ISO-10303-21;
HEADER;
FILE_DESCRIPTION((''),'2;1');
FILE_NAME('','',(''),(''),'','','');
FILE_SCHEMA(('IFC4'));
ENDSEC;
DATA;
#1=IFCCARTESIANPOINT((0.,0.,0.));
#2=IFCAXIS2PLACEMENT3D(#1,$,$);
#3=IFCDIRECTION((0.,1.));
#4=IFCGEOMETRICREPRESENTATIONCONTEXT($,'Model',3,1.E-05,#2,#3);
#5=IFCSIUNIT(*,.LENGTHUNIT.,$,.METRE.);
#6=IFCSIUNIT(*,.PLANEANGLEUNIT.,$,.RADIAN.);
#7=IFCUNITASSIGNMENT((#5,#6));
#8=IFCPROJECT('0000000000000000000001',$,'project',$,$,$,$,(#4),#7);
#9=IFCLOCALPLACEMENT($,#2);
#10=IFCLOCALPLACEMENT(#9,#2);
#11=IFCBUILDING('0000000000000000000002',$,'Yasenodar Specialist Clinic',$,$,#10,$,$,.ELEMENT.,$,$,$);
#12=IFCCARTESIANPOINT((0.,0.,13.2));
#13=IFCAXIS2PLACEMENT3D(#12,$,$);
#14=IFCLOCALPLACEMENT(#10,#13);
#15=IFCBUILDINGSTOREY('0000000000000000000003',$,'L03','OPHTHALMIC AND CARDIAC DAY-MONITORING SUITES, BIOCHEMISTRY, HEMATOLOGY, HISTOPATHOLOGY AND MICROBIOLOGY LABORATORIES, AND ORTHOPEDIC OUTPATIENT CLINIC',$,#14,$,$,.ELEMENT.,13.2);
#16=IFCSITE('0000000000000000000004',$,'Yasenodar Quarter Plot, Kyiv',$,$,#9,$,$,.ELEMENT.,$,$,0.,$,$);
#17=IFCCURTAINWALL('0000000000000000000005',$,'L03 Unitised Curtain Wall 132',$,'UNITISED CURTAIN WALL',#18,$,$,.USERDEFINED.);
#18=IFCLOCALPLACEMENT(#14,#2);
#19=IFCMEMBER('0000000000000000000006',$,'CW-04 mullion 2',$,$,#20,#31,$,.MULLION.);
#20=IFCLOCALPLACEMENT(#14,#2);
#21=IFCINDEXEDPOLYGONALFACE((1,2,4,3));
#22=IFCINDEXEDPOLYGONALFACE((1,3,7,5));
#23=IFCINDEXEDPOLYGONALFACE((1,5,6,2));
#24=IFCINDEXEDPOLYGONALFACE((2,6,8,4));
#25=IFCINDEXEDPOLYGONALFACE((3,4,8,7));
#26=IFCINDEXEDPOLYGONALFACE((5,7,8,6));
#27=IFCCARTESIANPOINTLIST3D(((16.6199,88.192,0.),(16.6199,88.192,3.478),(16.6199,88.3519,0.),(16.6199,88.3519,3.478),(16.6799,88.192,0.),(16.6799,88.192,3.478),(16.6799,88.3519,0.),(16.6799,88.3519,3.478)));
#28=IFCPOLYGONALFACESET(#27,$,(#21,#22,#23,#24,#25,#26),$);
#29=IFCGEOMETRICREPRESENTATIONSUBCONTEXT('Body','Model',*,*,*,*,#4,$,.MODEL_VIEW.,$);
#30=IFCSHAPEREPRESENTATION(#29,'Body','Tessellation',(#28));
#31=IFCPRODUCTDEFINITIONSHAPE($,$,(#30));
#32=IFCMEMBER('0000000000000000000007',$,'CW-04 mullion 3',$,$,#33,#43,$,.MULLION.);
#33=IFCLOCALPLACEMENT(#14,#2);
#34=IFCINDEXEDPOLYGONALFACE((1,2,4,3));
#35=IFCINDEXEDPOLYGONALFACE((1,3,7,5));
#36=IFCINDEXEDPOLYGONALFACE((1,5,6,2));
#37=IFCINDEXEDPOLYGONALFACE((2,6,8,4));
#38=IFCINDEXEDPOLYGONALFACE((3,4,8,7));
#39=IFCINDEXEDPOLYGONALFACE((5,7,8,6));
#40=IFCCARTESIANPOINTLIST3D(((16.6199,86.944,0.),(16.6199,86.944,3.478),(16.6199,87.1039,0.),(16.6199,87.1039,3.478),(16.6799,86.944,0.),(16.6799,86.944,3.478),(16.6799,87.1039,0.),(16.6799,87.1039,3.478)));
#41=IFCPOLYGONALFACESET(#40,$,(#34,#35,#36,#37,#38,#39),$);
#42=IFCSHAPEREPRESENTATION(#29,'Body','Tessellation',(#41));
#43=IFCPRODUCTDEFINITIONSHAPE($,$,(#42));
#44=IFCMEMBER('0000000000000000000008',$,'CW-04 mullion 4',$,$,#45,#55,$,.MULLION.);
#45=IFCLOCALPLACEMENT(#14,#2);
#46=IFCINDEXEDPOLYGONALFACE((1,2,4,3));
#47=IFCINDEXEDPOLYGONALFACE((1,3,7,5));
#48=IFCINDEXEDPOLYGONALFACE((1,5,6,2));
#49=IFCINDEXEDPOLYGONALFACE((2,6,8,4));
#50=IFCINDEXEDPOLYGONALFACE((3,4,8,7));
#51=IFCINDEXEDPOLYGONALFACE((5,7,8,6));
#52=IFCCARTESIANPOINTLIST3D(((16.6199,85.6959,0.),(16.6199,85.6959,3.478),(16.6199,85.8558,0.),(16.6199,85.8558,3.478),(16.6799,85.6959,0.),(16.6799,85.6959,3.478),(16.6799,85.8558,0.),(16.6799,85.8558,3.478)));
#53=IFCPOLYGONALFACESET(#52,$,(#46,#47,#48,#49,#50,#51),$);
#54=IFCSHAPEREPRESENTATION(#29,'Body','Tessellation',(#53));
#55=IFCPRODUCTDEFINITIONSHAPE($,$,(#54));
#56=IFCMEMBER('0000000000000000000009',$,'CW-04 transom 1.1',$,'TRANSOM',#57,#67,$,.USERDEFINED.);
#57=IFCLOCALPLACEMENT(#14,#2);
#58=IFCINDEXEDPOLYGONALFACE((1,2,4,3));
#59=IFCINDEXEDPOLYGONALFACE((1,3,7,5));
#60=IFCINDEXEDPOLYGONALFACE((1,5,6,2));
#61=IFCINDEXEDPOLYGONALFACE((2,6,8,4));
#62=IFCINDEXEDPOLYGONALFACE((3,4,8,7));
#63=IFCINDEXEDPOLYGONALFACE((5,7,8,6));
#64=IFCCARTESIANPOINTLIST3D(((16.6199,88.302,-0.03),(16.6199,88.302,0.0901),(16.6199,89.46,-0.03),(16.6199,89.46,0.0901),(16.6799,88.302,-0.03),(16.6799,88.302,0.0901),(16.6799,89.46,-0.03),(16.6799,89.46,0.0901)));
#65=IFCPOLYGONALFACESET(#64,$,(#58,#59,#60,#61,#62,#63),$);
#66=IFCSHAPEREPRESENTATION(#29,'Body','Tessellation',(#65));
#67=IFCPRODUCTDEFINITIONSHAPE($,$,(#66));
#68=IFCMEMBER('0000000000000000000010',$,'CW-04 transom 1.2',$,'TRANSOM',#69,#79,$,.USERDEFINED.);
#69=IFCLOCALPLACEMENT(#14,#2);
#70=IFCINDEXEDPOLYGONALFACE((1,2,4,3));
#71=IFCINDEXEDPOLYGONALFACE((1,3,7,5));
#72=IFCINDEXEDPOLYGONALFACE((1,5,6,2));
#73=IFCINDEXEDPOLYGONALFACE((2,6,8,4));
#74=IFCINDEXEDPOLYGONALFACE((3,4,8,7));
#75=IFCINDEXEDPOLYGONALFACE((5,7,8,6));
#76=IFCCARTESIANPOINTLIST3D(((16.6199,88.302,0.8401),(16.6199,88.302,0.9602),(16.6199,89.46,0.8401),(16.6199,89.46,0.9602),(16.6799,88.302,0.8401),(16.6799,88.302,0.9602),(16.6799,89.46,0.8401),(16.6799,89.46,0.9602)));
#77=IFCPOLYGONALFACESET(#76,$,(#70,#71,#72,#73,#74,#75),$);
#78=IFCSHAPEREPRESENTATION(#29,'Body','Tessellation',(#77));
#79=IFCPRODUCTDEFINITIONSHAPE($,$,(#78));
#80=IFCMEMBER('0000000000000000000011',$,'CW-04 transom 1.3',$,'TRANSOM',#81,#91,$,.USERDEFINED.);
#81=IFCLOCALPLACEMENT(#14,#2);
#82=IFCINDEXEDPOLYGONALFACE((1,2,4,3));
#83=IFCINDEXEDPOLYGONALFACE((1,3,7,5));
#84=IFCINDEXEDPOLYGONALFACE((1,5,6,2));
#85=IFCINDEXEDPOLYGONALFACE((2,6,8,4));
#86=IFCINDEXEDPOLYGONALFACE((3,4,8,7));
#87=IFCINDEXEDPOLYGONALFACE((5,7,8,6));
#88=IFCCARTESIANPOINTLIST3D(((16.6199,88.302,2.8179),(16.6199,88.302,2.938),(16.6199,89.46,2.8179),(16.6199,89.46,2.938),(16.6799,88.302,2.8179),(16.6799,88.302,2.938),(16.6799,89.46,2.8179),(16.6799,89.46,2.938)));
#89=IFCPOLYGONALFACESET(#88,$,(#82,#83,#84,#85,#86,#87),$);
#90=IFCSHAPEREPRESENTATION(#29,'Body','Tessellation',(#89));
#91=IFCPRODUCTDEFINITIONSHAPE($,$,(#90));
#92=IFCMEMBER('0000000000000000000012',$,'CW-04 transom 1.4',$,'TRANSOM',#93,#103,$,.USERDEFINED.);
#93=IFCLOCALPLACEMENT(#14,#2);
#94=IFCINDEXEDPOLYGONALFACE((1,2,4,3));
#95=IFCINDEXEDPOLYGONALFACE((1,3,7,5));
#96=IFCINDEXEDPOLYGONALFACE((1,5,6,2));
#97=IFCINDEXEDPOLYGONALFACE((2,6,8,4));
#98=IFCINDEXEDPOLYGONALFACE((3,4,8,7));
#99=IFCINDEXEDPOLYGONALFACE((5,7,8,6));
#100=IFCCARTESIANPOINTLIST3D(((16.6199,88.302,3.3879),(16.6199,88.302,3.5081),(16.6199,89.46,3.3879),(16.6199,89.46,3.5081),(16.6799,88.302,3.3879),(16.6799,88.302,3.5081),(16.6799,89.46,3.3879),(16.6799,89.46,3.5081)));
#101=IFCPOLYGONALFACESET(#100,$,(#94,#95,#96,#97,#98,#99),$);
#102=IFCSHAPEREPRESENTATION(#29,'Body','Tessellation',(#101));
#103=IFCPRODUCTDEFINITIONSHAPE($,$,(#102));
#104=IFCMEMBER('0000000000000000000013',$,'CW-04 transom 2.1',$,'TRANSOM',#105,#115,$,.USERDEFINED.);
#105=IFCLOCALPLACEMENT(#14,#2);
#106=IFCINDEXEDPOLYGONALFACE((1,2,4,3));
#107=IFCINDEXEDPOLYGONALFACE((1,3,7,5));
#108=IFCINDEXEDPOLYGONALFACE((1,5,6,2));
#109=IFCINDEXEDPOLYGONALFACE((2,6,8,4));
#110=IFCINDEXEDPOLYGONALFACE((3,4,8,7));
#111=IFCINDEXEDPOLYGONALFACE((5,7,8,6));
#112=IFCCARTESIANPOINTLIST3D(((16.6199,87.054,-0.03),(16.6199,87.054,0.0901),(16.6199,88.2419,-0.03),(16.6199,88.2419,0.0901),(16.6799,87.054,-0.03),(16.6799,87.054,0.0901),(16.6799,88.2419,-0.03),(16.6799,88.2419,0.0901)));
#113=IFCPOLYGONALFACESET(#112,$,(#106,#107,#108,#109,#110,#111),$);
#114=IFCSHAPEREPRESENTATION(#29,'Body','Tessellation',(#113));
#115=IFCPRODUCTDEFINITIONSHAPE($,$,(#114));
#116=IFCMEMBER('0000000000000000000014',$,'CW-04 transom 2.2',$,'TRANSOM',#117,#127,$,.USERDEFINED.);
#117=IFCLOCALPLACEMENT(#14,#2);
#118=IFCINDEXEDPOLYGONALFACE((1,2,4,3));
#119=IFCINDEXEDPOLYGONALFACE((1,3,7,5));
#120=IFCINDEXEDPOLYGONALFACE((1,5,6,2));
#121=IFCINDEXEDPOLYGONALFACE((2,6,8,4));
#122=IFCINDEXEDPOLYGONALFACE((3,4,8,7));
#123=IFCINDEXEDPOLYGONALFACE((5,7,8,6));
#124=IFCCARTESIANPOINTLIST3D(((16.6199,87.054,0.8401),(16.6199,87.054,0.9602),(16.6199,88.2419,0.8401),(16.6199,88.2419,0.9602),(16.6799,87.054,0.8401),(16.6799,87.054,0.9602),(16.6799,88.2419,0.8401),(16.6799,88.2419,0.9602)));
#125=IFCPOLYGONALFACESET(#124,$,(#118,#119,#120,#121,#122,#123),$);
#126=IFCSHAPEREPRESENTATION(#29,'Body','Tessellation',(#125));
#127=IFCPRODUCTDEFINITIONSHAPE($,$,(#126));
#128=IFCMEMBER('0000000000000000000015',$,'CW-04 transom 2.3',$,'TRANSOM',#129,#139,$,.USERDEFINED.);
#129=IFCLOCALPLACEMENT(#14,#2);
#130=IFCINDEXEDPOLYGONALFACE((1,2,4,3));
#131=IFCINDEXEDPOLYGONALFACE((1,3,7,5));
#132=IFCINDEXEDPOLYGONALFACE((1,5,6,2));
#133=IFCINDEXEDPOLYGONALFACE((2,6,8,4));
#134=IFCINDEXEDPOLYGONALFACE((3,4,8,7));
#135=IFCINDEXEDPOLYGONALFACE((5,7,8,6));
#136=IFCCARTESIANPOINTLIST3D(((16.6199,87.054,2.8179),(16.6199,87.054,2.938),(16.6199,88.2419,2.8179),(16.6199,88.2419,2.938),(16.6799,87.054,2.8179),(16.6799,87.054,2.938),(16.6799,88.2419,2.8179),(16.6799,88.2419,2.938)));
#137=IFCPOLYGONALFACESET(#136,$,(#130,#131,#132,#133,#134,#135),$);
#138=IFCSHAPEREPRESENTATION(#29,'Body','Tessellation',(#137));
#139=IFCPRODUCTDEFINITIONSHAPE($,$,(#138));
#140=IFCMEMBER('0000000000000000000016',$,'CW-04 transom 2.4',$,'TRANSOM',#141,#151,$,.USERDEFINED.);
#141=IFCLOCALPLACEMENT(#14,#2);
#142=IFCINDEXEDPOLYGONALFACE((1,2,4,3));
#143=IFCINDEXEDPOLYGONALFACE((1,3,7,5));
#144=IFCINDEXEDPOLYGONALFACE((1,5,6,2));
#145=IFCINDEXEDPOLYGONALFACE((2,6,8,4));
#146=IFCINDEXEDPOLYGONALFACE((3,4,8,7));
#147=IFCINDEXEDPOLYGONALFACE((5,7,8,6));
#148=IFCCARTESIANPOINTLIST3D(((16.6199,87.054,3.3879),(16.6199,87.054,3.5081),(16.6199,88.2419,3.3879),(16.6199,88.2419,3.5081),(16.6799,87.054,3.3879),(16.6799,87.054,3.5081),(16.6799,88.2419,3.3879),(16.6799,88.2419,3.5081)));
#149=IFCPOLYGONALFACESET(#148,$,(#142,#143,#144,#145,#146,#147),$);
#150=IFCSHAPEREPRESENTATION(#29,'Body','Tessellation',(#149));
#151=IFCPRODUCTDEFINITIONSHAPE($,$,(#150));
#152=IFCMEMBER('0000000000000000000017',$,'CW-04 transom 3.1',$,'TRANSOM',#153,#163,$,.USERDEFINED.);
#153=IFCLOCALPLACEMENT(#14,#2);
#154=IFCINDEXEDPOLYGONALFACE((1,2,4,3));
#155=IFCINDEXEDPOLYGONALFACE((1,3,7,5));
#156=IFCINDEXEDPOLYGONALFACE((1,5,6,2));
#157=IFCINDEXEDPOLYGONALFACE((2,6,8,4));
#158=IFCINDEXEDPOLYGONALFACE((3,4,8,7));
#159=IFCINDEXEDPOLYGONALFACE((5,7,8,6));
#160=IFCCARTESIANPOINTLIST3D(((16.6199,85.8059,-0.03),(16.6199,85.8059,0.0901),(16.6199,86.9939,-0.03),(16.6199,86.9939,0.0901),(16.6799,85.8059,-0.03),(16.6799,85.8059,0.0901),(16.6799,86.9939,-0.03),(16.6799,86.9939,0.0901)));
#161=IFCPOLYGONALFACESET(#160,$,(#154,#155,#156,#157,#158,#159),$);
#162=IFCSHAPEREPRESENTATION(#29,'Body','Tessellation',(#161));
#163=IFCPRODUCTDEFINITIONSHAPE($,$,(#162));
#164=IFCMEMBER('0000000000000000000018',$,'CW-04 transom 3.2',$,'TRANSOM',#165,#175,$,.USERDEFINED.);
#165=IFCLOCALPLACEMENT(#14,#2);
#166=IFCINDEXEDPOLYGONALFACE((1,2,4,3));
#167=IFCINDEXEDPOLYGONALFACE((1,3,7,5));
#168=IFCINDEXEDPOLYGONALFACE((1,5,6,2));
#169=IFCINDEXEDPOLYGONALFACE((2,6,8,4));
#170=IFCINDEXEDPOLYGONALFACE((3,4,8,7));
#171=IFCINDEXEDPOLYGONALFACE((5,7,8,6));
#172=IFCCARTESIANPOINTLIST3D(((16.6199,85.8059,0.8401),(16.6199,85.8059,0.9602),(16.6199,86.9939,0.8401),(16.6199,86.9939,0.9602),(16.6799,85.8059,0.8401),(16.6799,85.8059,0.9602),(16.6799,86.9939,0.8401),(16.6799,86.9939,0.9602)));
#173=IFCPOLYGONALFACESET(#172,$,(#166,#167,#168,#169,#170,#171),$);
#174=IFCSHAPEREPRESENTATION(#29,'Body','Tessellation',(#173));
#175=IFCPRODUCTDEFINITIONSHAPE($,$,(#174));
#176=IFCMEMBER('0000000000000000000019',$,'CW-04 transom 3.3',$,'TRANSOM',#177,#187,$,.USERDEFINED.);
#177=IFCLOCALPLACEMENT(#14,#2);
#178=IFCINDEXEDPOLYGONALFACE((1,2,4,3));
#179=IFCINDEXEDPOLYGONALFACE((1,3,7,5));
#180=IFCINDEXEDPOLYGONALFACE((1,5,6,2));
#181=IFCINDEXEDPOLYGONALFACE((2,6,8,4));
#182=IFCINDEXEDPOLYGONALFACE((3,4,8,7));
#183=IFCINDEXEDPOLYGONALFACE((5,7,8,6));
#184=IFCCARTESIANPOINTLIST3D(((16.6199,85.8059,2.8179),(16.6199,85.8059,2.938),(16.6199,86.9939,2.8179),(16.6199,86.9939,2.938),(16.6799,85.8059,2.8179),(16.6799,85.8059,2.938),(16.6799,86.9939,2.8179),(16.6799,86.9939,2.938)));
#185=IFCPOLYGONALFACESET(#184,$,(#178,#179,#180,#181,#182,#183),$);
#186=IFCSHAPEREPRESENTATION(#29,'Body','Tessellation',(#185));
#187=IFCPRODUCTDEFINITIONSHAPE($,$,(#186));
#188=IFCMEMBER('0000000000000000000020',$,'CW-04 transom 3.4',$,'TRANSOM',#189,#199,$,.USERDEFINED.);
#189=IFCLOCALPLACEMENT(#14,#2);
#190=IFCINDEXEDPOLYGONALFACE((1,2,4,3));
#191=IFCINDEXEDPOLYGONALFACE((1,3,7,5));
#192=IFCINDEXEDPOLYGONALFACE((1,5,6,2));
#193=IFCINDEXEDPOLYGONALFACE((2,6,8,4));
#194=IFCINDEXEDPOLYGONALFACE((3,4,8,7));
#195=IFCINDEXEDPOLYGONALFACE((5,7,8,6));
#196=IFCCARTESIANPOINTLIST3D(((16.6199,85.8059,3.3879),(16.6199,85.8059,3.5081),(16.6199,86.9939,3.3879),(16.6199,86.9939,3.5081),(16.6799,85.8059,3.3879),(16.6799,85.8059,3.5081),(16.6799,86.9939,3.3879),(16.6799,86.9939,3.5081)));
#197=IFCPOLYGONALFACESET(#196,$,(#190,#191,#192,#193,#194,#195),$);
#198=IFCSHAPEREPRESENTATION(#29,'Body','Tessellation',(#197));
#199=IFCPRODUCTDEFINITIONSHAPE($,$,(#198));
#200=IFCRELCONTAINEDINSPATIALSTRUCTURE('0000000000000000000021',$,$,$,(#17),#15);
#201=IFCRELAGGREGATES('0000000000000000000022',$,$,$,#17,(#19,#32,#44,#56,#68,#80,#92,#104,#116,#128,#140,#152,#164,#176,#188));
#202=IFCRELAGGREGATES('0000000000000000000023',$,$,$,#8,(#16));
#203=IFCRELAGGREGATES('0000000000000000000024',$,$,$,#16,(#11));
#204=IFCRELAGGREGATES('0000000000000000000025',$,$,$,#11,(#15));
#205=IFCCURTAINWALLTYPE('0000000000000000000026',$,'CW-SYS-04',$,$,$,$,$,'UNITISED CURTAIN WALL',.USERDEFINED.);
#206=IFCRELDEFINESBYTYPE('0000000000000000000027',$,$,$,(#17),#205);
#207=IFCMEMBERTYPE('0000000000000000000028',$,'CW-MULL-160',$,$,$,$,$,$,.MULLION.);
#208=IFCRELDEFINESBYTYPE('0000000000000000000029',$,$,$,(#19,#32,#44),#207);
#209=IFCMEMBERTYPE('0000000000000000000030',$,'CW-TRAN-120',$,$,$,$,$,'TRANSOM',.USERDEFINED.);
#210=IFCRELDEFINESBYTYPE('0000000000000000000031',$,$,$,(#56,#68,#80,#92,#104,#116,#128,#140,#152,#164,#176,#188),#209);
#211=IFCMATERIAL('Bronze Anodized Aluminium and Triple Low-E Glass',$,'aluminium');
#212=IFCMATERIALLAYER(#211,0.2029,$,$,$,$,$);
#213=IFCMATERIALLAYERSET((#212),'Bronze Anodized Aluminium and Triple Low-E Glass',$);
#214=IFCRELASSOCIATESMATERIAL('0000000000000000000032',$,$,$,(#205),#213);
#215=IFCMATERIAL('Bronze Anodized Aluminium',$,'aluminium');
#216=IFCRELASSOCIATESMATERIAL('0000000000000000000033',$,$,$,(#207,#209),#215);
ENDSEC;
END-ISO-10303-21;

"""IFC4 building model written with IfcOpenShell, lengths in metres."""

from ifc_helpers import new_model, si_unit, direction, frame, origin, origin_2d, place, context, subcontext, project, spatial, rectangle, extrude, material, layer, layer_set, material_profile, profile_set, type_object, element, aggregate, save


model = new_model("IFC4")

# Units and contexts
model_context = context("Model", 3, precision=1e-05, world=origin(), true_north=direction((0.0, 1.0)))
body_context = subcontext(model_context, "Body", "Model", "MODEL_VIEW")
ifc_project = project(units=[si_unit("LENGTHUNIT", "METRE"), si_unit("PLANEANGLEUNIT", "RADIAN")], contexts=[model_context])

# Site, building, storey
site_placement = place(None, origin())
site = spatial("IfcSite", under=ifc_project, at=site_placement, Name="Yasenodar Quarter Plot, Kyiv", CompositionType="ELEMENT", RefElevation=0.0)
building_placement = place(site_placement, origin())
building = spatial("IfcBuilding", under=site, at=building_placement, Name="Yasenodar Specialist Clinic", CompositionType="ELEMENT")
storey_placement = place(building_placement, frame((0.0, 0.0, 13.2)))
storey = spatial("IfcBuildingStorey", under=building, at=storey_placement, Name="L03", Description="OPHTHALMIC AND CARDIAC DAY-MONITORING SUITES, BIOCHEMISTRY, HEMATOLOGY, HISTOPATHOLOGY AND MICROBIOLOGY LABORATORIES, AND ORTHOPEDIC OUTPATIENT CLINIC", CompositionType="ELEMENT", Elevation=13.2)

# Curtain wall, members
ifc_material_1 = material(Name="Bronze Anodized Aluminium and Triple Low-E Glass", Category="aluminium")
ifc_layer_1 = layer(ifc_material_1, 0.2029)
ifc_layer_set_1 = layer_set([ifc_layer_1], Name="Bronze Anodized Aluminium and Triple Low-E Glass")
curtain_wall_type = type_object("IfcCurtainWallType", Name="CW-SYS-04", ElementType="UNITISED CURTAIN WALL", PredefinedType="USERDEFINED", material=ifc_layer_set_1)
curtain_wall_placement = place(storey_placement, origin())
curtain_wall = element("IfcCurtainWall", 1, at=curtain_wall_placement, inside=storey, type_object=curtain_wall_type, Name="L03 Unitised Curtain Wall 132", ObjectType="UNITISED CURTAIN WALL", PredefinedType="USERDEFINED")
ifc_material_2 = material(Name="Bronze Anodized Aluminium", Category="aluminium")
ifc_material_profile_1 = material_profile(ifc_material_2, rectangle(XDim=0.0601, YDim=0.1599, at=origin_2d()), Name="CW-MULL 60x160")
ifc_profile_set_1 = profile_set([ifc_material_profile_1], Name="Bronze Anodized Aluminium")
member_type_1 = type_object("IfcMemberType", Name="CW-MULL-160", PredefinedType="MULLION", material=ifc_profile_set_1)
member_1_placement = place(storey_placement, frame((16.6499, 88.272, 0.0), z_axis=(0.0, 0.0, 1.0), x_axis=(1.0, 0.0, 0.0)))
member_1 = element("IfcMember", 2, at=member_1_placement, type_object=member_type_1, Name="CW-04 mullion 2", PredefinedType="MULLION", context=body_context, shape_type="SweptSolid", body=[
    extrude(rectangle(XDim=0.0601, YDim=0.1599, at=origin_2d()), origin(), (0.0, 0.0, 1.0), 3.478),
])
member_2_placement = place(storey_placement, frame((16.6499, 87.0239, 0.0), z_axis=(0.0, 0.0, 1.0), x_axis=(1.0, 0.0, 0.0)))
member_2 = element("IfcMember", 3, at=member_2_placement, type_object=member_type_1, Name="CW-04 mullion 3", PredefinedType="MULLION", context=body_context, shape_type="SweptSolid", body=[
    extrude(rectangle(XDim=0.0601, YDim=0.1599, at=origin_2d()), origin(), (0.0, 0.0, 1.0), 3.478),
])
member_3_placement = place(storey_placement, frame((16.6499, 85.7759, 0.0), z_axis=(0.0, 0.0, 1.0), x_axis=(1.0, 0.0, 0.0)))
member_3 = element("IfcMember", 4, at=member_3_placement, type_object=member_type_1, Name="CW-04 mullion 4", PredefinedType="MULLION", context=body_context, shape_type="SweptSolid", body=[
    extrude(rectangle(XDim=0.0601, YDim=0.1599, at=origin_2d()), origin(), (0.0, 0.0, 1.0), 3.478),
])
ifc_material_profile_2 = material_profile(ifc_material_2, rectangle(XDim=0.0601, YDim=0.1201, at=origin_2d()), Name="CW-TRAN 60x120")
ifc_profile_set_2 = profile_set([ifc_material_profile_2], Name="Bronze Anodized Aluminium")
member_type_2 = type_object("IfcMemberType", Name="CW-TRAN-120", ElementType="TRANSOM", PredefinedType="USERDEFINED", material=ifc_profile_set_2)
member_4_placement = place(storey_placement, frame((16.6499, 89.46, 0.03), z_axis=(0.0, -1.0, 0.0), x_axis=(1.0, 0.0, 0.0)))
member_4 = element("IfcMember", 5, at=member_4_placement, type_object=member_type_2, Name="CW-04 transom 1.1", ObjectType="TRANSOM", PredefinedType="USERDEFINED", context=body_context, shape_type="SweptSolid", body=[
    extrude(rectangle(XDim=0.0601, YDim=0.1201, at=origin_2d()), origin(), (0.0, 0.0, 1.0), 1.158),
])
member_5_placement = place(storey_placement, frame((16.6499, 89.46, 0.9001), z_axis=(0.0, -1.0, 0.0), x_axis=(1.0, 0.0, 0.0)))
member_5 = element("IfcMember", 6, at=member_5_placement, type_object=member_type_2, Name="CW-04 transom 1.2", ObjectType="TRANSOM", PredefinedType="USERDEFINED", context=body_context, shape_type="SweptSolid", body=[
    extrude(rectangle(XDim=0.0601, YDim=0.1201, at=origin_2d()), origin(), (0.0, 0.0, 1.0), 1.158),
])
member_6_placement = place(storey_placement, frame((16.6499, 89.46, 2.8779), z_axis=(0.0, -1.0, 0.0), x_axis=(1.0, 0.0, 0.0)))
member_6 = element("IfcMember", 7, at=member_6_placement, type_object=member_type_2, Name="CW-04 transom 1.3", ObjectType="TRANSOM", PredefinedType="USERDEFINED", context=body_context, shape_type="SweptSolid", body=[
    extrude(rectangle(XDim=0.0601, YDim=0.1201, at=origin_2d()), origin(), (0.0, 0.0, 1.0), 1.158),
])
member_7_placement = place(storey_placement, frame((16.6499, 89.46, 3.448), z_axis=(0.0, -1.0, 0.0), x_axis=(1.0, 0.0, 0.0)))
member_7 = element("IfcMember", 8, at=member_7_placement, type_object=member_type_2, Name="CW-04 transom 1.4", ObjectType="TRANSOM", PredefinedType="USERDEFINED", context=body_context, shape_type="SweptSolid", body=[
    extrude(rectangle(XDim=0.0601, YDim=0.1201, at=origin_2d()), origin(), (0.0, 0.0, 1.0), 1.158),
])
member_8_placement = place(storey_placement, frame((16.6499, 88.2419, 0.03), z_axis=(0.0, -1.0, 0.0), x_axis=(1.0, 0.0, 0.0)))
member_8 = element("IfcMember", 9, at=member_8_placement, type_object=member_type_2, Name="CW-04 transom 2.1", ObjectType="TRANSOM", PredefinedType="USERDEFINED", context=body_context, shape_type="SweptSolid", body=[
    extrude(rectangle(XDim=0.0601, YDim=0.1201, at=origin_2d()), origin(), (0.0, 0.0, 1.0), 1.188),
])
member_9_placement = place(storey_placement, frame((16.6499, 88.2419, 0.9001), z_axis=(0.0, -1.0, 0.0), x_axis=(1.0, 0.0, 0.0)))
member_9 = element("IfcMember", 10, at=member_9_placement, type_object=member_type_2, Name="CW-04 transom 2.2", ObjectType="TRANSOM", PredefinedType="USERDEFINED", context=body_context, shape_type="SweptSolid", body=[
    extrude(rectangle(XDim=0.0601, YDim=0.1201, at=origin_2d()), origin(), (0.0, 0.0, 1.0), 1.188),
])
member_10_placement = place(storey_placement, frame((16.6499, 88.2419, 2.8779), z_axis=(0.0, -1.0, 0.0), x_axis=(1.0, 0.0, 0.0)))
member_10 = element("IfcMember", 11, at=member_10_placement, type_object=member_type_2, Name="CW-04 transom 2.3", ObjectType="TRANSOM", PredefinedType="USERDEFINED", context=body_context, shape_type="SweptSolid", body=[
    extrude(rectangle(XDim=0.0601, YDim=0.1201, at=origin_2d()), origin(), (0.0, 0.0, 1.0), 1.188),
])
member_11_placement = place(storey_placement, frame((16.6499, 88.2419, 3.448), z_axis=(0.0, -1.0, 0.0), x_axis=(1.0, 0.0, 0.0)))
member_11 = element("IfcMember", 12, at=member_11_placement, type_object=member_type_2, Name="CW-04 transom 2.4", ObjectType="TRANSOM", PredefinedType="USERDEFINED", context=body_context, shape_type="SweptSolid", body=[
    extrude(rectangle(XDim=0.0601, YDim=0.1201, at=origin_2d()), origin(), (0.0, 0.0, 1.0), 1.188),
])
member_12_placement = place(storey_placement, frame((16.6499, 86.9939, 0.03), z_axis=(0.0, -1.0, 0.0), x_axis=(1.0, 0.0, 0.0)))
member_12 = element("IfcMember", 13, at=member_12_placement, type_object=member_type_2, Name="CW-04 transom 3.1", ObjectType="TRANSOM", PredefinedType="USERDEFINED", context=body_context, shape_type="SweptSolid", body=[
    extrude(rectangle(XDim=0.0601, YDim=0.1201, at=origin_2d()), origin(), (0.0, 0.0, 1.0), 1.188),
])
member_13_placement = place(storey_placement, frame((16.6499, 86.9939, 0.9001), z_axis=(0.0, -1.0, 0.0), x_axis=(1.0, 0.0, 0.0)))
member_13 = element("IfcMember", 14, at=member_13_placement, type_object=member_type_2, Name="CW-04 transom 3.2", ObjectType="TRANSOM", PredefinedType="USERDEFINED", context=body_context, shape_type="SweptSolid", body=[
    extrude(rectangle(XDim=0.0601, YDim=0.1201, at=origin_2d()), origin(), (0.0, 0.0, 1.0), 1.188),
])
member_14_placement = place(storey_placement, frame((16.6499, 86.9939, 2.8779), z_axis=(0.0, -1.0, 0.0), x_axis=(1.0, 0.0, 0.0)))
member_14 = element("IfcMember", 15, at=member_14_placement, type_object=member_type_2, Name="CW-04 transom 3.3", ObjectType="TRANSOM", PredefinedType="USERDEFINED", context=body_context, shape_type="SweptSolid", body=[
    extrude(rectangle(XDim=0.0601, YDim=0.1201, at=origin_2d()), origin(), (0.0, 0.0, 1.0), 1.188),
])
member_15_placement = place(storey_placement, frame((16.6499, 86.9939, 3.448), z_axis=(0.0, -1.0, 0.0), x_axis=(1.0, 0.0, 0.0)))
member_15 = element("IfcMember", 16, at=member_15_placement, type_object=member_type_2, Name="CW-04 transom 3.4", ObjectType="TRANSOM", PredefinedType="USERDEFINED", context=body_context, shape_type="SweptSolid", body=[
    extrude(rectangle(XDim=0.0601, YDim=0.1201, at=origin_2d()), origin(), (0.0, 0.0, 1.0), 1.188),
])
aggregate(curtain_wall, [member_1, member_2, member_3, member_4, member_5, member_6, member_7, member_8, member_9, member_10, member_11, member_12, member_13, member_14, member_15])

save(model, "model.ifc")
